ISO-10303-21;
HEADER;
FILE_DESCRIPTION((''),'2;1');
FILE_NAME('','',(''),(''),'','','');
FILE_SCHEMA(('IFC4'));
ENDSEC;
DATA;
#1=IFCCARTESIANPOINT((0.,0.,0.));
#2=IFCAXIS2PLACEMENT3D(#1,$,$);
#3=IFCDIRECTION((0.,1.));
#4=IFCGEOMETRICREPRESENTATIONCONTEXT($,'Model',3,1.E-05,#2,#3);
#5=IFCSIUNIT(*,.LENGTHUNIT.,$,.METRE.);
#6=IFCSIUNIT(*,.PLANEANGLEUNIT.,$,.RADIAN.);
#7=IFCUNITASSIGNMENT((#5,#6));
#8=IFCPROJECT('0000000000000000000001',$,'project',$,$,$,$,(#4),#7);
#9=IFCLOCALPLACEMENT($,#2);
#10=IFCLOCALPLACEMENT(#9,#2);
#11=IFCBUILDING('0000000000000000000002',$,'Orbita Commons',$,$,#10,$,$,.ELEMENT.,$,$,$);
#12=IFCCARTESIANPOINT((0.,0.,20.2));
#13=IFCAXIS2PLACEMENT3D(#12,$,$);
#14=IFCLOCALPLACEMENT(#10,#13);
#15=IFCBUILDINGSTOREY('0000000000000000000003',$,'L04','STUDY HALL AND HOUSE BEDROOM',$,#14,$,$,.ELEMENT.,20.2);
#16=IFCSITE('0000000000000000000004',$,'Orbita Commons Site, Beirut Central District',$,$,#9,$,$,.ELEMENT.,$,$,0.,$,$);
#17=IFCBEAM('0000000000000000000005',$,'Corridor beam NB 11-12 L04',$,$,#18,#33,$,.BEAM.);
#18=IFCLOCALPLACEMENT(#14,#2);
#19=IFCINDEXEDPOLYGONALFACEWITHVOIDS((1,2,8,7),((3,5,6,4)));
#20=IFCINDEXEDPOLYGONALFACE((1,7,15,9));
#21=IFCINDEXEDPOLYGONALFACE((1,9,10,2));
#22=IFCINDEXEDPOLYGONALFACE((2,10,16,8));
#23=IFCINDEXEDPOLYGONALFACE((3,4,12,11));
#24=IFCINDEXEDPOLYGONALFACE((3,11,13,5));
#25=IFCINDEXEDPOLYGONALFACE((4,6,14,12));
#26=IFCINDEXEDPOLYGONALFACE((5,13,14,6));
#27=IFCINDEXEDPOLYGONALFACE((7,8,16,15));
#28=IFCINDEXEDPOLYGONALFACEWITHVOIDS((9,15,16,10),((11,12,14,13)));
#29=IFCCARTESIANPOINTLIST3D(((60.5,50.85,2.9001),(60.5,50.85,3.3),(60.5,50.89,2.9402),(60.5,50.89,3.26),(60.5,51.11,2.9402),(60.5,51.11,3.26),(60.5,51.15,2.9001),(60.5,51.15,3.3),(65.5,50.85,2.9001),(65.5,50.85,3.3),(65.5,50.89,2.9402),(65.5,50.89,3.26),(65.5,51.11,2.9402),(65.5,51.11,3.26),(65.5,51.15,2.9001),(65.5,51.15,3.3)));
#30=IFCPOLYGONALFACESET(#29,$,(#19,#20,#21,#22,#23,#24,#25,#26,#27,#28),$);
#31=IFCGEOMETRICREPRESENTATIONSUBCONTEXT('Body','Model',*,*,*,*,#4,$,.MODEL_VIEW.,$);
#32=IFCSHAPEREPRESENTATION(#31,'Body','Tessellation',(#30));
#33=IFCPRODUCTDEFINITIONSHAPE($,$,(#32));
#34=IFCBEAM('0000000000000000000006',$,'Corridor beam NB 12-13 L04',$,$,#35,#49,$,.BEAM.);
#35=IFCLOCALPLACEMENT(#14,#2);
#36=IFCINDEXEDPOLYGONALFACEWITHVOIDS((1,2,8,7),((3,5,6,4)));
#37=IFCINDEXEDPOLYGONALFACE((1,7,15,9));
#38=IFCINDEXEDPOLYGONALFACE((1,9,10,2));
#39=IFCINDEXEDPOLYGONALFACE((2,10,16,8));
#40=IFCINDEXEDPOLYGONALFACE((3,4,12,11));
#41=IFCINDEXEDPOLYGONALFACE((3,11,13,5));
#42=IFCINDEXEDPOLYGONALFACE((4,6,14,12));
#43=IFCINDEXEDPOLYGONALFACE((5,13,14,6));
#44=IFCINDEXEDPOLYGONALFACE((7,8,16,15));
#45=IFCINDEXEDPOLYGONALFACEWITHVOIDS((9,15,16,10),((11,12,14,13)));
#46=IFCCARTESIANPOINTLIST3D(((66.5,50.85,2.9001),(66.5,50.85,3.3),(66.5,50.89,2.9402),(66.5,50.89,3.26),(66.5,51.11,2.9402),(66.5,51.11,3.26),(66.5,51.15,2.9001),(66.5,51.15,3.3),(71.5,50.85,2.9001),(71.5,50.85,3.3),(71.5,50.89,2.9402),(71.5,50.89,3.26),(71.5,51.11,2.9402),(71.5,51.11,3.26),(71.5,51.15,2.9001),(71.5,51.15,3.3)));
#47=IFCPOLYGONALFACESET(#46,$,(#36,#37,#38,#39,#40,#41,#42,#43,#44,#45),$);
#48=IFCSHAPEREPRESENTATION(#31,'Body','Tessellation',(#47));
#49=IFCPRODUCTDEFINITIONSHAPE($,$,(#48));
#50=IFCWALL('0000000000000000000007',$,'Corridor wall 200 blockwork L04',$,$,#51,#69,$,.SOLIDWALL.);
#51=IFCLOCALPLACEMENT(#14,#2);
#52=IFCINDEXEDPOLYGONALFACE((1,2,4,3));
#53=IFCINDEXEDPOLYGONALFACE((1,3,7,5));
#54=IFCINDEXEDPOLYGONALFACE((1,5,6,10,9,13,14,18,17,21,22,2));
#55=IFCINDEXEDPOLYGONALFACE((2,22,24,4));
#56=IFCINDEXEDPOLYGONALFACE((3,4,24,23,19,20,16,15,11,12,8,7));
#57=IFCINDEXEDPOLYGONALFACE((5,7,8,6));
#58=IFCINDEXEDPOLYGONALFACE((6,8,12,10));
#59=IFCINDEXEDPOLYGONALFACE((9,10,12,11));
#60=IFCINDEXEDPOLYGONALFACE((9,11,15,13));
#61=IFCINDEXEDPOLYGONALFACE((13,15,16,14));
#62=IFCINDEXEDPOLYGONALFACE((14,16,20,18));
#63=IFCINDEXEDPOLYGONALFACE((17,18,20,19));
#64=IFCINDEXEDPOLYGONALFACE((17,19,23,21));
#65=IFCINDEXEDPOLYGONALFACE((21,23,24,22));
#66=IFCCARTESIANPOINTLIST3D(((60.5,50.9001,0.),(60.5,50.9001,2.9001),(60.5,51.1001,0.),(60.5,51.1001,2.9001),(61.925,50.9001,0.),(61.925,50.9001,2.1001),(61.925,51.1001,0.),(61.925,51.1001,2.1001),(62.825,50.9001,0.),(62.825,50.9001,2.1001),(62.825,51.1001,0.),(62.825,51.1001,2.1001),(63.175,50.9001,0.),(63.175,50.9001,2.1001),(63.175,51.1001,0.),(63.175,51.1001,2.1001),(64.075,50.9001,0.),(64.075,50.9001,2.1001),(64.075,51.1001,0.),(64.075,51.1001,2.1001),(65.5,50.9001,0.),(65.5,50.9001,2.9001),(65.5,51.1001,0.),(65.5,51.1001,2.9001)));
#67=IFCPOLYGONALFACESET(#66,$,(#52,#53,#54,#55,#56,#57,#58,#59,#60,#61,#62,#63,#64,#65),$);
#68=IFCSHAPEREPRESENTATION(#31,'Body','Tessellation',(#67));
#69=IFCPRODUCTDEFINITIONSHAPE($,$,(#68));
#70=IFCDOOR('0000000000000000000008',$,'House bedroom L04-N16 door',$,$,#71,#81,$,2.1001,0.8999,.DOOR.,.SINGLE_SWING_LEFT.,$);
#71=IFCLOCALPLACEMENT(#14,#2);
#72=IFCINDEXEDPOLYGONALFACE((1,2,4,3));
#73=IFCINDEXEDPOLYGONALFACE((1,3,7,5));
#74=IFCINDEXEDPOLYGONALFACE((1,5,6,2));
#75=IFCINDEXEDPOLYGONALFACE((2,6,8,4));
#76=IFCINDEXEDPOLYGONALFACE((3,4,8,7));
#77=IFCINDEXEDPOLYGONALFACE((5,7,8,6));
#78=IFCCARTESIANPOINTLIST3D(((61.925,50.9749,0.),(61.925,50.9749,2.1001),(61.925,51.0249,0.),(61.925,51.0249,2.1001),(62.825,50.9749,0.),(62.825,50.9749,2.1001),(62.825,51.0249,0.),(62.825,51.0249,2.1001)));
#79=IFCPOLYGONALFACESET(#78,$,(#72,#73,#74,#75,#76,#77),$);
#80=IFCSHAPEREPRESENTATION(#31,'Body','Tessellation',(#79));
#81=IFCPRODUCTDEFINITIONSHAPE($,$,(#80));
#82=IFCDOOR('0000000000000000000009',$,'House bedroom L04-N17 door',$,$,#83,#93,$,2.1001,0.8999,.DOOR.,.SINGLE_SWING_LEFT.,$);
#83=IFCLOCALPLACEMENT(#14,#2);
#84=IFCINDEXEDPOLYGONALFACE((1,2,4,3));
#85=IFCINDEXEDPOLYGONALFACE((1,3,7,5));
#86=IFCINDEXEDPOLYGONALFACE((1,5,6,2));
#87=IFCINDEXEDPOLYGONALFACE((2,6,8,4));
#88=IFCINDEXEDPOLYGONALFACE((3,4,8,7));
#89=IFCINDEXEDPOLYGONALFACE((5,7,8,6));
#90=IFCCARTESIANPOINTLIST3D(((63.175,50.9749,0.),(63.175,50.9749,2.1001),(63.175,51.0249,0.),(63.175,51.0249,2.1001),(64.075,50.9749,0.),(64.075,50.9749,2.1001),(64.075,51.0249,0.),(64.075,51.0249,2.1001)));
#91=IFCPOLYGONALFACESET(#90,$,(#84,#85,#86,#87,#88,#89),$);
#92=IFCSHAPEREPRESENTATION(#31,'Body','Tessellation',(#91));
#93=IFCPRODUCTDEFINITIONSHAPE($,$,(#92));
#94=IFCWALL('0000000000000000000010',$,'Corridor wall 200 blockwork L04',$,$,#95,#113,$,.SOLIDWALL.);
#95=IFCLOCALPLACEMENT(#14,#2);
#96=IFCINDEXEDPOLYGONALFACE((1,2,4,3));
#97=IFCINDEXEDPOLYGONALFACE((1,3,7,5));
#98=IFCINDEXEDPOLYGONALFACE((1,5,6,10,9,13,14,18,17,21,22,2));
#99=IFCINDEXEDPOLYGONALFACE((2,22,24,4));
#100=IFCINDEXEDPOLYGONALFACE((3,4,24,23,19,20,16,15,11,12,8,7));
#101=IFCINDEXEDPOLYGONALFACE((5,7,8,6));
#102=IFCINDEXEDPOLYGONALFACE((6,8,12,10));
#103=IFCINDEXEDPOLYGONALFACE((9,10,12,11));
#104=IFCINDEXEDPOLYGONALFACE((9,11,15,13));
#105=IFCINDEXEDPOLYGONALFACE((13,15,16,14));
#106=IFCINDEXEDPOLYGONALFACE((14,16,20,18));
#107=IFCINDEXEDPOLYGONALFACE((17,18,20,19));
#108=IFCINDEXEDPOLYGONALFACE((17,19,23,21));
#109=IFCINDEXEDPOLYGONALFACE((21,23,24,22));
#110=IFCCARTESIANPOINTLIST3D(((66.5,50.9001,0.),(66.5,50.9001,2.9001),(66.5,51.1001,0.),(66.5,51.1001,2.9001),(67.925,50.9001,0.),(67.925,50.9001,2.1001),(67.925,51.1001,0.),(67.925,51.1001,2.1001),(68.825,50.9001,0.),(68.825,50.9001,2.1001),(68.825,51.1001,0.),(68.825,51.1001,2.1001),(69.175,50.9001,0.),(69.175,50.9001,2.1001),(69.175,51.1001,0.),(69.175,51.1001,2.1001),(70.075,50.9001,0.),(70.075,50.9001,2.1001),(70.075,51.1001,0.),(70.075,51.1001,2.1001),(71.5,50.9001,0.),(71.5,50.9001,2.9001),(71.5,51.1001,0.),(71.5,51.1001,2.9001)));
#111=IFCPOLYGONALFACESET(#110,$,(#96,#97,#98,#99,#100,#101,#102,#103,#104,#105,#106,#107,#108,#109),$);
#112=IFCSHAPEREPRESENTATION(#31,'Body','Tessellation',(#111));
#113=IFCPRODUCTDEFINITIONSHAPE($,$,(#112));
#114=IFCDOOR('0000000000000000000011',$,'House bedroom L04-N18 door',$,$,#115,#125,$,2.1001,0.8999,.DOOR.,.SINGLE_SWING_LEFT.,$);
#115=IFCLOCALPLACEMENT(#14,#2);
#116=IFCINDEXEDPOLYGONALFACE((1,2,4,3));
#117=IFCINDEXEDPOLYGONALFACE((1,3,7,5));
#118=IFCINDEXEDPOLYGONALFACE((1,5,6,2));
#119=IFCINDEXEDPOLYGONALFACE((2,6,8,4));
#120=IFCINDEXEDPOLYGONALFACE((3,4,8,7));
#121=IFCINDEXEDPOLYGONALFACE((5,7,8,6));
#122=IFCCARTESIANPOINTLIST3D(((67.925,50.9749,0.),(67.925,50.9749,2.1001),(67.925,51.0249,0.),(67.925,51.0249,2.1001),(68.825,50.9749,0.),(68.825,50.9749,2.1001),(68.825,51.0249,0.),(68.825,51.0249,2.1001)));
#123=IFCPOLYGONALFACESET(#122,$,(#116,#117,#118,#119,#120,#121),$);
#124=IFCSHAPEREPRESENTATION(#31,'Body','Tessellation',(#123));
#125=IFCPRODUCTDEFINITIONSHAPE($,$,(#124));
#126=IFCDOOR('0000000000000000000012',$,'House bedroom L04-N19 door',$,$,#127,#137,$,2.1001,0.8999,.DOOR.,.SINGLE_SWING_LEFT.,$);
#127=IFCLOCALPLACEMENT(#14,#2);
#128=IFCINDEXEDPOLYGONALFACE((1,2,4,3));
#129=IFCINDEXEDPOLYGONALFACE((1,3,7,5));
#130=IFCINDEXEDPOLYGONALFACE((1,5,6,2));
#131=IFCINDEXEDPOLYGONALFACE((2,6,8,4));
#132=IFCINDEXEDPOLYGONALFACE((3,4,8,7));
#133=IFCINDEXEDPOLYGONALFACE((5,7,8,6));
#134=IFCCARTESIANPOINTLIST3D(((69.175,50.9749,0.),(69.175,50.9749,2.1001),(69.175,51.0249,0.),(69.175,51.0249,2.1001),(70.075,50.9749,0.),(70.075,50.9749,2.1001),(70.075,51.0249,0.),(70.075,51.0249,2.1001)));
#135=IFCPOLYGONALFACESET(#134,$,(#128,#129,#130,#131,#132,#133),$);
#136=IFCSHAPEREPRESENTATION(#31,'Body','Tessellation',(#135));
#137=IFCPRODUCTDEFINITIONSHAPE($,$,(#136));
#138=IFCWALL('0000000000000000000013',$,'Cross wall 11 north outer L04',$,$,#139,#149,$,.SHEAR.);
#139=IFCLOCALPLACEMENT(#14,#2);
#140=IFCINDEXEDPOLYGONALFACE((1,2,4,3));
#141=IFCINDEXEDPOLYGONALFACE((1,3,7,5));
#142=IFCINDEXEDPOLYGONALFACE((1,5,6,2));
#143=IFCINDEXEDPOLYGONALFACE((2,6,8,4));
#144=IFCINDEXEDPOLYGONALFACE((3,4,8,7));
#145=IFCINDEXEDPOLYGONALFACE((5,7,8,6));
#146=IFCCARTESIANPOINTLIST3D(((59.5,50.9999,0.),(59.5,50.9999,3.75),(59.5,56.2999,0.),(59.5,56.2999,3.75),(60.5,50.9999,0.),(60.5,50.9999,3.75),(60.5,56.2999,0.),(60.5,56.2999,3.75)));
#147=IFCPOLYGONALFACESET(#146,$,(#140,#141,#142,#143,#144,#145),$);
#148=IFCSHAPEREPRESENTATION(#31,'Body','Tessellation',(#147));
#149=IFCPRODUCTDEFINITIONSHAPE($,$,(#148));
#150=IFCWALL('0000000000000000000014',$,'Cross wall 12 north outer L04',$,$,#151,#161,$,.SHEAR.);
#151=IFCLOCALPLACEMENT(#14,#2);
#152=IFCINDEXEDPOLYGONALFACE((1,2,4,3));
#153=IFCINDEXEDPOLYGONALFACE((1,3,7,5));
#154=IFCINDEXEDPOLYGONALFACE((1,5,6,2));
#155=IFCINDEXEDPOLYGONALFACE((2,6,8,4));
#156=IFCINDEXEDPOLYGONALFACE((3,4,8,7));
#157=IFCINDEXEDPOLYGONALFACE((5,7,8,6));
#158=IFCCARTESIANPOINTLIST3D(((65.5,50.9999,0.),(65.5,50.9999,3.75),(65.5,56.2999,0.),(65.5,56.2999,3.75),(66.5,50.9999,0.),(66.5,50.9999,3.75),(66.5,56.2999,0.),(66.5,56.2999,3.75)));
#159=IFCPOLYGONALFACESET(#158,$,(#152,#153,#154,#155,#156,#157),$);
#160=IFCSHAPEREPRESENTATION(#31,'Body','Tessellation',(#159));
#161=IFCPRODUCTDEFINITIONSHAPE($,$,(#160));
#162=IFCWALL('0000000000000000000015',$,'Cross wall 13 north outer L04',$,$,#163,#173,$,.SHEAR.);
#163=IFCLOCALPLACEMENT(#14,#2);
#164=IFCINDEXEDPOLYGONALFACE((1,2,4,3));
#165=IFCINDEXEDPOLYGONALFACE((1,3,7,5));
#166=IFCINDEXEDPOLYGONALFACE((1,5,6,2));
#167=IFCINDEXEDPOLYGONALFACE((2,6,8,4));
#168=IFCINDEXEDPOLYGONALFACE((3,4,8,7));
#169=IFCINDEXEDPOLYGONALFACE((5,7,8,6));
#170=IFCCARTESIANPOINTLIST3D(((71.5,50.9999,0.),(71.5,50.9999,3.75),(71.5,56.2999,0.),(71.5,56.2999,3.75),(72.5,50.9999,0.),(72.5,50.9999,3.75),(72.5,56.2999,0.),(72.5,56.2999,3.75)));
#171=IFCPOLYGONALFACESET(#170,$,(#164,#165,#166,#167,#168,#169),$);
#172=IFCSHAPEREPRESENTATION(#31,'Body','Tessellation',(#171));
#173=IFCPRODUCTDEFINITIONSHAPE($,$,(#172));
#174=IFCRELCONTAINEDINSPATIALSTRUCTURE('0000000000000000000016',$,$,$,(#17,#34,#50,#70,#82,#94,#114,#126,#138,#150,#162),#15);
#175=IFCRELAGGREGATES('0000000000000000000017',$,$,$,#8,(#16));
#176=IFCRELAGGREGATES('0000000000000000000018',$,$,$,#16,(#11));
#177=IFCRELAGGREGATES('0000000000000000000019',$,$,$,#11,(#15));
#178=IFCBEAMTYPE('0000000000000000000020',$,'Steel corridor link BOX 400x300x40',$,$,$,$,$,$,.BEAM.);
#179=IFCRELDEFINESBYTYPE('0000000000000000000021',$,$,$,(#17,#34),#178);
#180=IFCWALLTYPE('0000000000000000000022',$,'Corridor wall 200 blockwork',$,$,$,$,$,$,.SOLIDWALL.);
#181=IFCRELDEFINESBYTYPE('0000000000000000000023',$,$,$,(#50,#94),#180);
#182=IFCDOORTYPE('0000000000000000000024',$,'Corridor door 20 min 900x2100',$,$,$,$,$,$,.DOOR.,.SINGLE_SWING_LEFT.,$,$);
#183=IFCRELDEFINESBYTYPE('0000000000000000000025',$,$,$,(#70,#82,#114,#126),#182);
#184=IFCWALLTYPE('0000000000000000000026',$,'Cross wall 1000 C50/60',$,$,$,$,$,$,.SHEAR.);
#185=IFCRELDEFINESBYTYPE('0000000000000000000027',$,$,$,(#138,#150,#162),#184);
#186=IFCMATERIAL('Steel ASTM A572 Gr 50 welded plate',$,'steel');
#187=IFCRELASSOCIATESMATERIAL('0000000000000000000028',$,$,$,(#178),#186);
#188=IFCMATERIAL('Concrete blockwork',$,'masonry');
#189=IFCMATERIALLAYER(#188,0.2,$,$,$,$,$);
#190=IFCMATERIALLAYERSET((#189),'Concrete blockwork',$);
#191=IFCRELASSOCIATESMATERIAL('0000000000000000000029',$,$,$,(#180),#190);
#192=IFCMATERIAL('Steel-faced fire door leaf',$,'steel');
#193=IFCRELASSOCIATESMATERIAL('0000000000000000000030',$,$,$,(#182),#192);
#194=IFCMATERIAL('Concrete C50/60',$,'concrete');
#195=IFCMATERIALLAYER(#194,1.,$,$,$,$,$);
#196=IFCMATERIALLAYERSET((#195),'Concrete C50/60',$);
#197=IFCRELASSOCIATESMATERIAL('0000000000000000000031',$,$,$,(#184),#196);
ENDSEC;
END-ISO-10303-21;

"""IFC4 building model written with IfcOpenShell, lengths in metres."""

from ifc_helpers import new_model, si_unit, direction, frame, frame_2d, origin, origin_2d, place, context, subcontext, project, spatial, polyline, rectangle, hollow_rectangle, outline, extrude, material, layer, layer_set, material_profile, profile_set, type_object, element, fill, save


model = new_model("IFC4")

# Units and contexts
model_context = context("Model", 3, precision=1e-05, world=origin(), true_north=direction((0.0, 1.0)))
body_context = subcontext(model_context, "Body", "Model", "MODEL_VIEW")
ifc_project = project(units=[si_unit("LENGTHUNIT", "METRE"), si_unit("PLANEANGLEUNIT", "RADIAN")], contexts=[model_context])

# Site, building, storey
site_placement = place(None, origin())
site = spatial("IfcSite", under=ifc_project, at=site_placement, Name="Orbita Commons Site, Beirut Central District", CompositionType="ELEMENT", RefElevation=0.0)
building_placement = place(site_placement, origin())
building = spatial("IfcBuilding", under=site, at=building_placement, Name="Orbita Commons", CompositionType="ELEMENT")
storey_placement = place(building_placement, frame((0.0, 0.0, 20.2)))
storey = spatial("IfcBuildingStorey", under=building, at=storey_placement, Name="L04", Description="STUDY HALL AND HOUSE BEDROOM", CompositionType="ELEMENT", Elevation=20.2)

# Beams
ifc_material_1 = material(Name="Steel ASTM A572 Gr 50 welded plate", Category="steel")
ifc_material_profile = material_profile(ifc_material_1, hollow_rectangle(XDim=0.3, YDim=0.3999, WallThickness=0.04, at=origin_2d()), Name="BOX 400x300x40")
ifc_profile_set = profile_set([ifc_material_profile], Name="Steel ASTM A572 Gr 50 welded plate")
beam_type = type_object("IfcBeamType", Name="Steel corridor link BOX 400x300x40", PredefinedType="BEAM", material=ifc_profile_set)
for number, where, z_axis, x_axis, name in (
    (1, (60.5, 51.0, 3.1001), (1.0, 0.0, 0.0), (0.0, 1.0, 0.0), "Corridor beam NB 11-12 L04"),
    (2, (66.5, 51.0, 3.1001), (1.0, 0.0, 0.0), (0.0, 1.0, 0.0), "Corridor beam NB 12-13 L04"),
):
    element("IfcBeam", number, at=place(storey_placement, frame(where, z_axis=z_axis, x_axis=x_axis)), inside=storey, type_object=beam_type, Name=name, PredefinedType="BEAM", context=body_context, shape_type="SweptSolid", body=[
        extrude(hollow_rectangle(XDim=0.3, YDim=0.3999, WallThickness=0.04, at=origin_2d()), origin(), (0.0, 0.0, 1.0), 5.0),
    ])

# Walls, openings, doors
ifc_material_2 = material(Name="Concrete blockwork", Category="masonry")
ifc_layer_1 = layer(ifc_material_2, 0.2)
ifc_layer_set_1 = layer_set([ifc_layer_1], Name="Concrete blockwork")
wall_type_1 = type_object("IfcWallType", Name="Corridor wall 200 blockwork", PredefinedType="SOLIDWALL", material=ifc_layer_set_1)
wall_1_placement = place(storey_placement, frame((60.5, 51.0, 0.0), z_axis=(0.0, 0.0, 1.0), x_axis=(1.0, 0.0, 0.0)))
wall_1 = element("IfcWall", 3, at=wall_1_placement, inside=storey, type_object=wall_type_1, Name="Corridor wall 200 blockwork L04", PredefinedType="SOLIDWALL", context=body_context, shape_type="SweptSolid", body=[
    extrude(outline(polyline([(0.0, 0.0), (5.0, 0.0), (5.0, 2.9001), (0.0, 2.9001), (0.0, 0.0)])), frame((0.0, 0.1001, 0.0), z_axis=(0.0, -1.0, 0.0), x_axis=(1.0, 0.0, 0.0)), (0.0, 0.0, 1.0), 0.2),
])
opening_1_placement = place(wall_1_placement, frame((1.425, 0.0, 0.0)))
opening_1 = element("IfcOpeningElement", 4, at=opening_1_placement, cuts=wall_1, PredefinedType="OPENING", context=body_context, shape_type="SweptSolid", body=[
    extrude(rectangle(XDim=0.8999, YDim=2.1001, at=frame_2d((0.45, 1.05))), frame((0.0, 0.1099, 0.0), z_axis=(0.0, -1.0, 0.0), x_axis=(1.0, 0.0, 0.0)), (0.0, 0.0, 1.0), 0.22),
])
opening_2_placement = place(wall_1_placement, frame((2.675, 0.0, 0.0)))
opening_2 = element("IfcOpeningElement", 5, at=opening_2_placement, cuts=wall_1, PredefinedType="OPENING", context=body_context, shape_type="SweptSolid", body=[
    extrude(rectangle(XDim=0.8999, YDim=2.1001, at=frame_2d((0.45, 1.05))), frame((0.0, 0.1099, 0.0), z_axis=(0.0, -1.0, 0.0), x_axis=(1.0, 0.0, 0.0)), (0.0, 0.0, 1.0), 0.22),
])
ifc_material_3 = material(Name="Steel-faced fire door leaf", Category="steel")
door_type_1 = type_object("IfcDoorType", Name="Corridor door 20 min 900x2100", OperationType="SINGLE_SWING_LEFT", PredefinedType="DOOR", material=ifc_material_3)
door_1_placement = place(opening_1_placement, origin())
door_1 = element("IfcDoor", 6, at=door_1_placement, inside=storey, type_object=door_type_1, Name="House bedroom L04-N16 door", OperationType="SINGLE_SWING_LEFT", OverallHeight=2.1001, OverallWidth=0.8999, PredefinedType="DOOR", context=body_context, shape_type="SweptSolid", body=[
    extrude(rectangle(XDim=0.8999, YDim=2.1001, at=frame_2d((0.45, 1.05))), frame((0.0, 0.0249, 0.0), z_axis=(0.0, -1.0, 0.0), x_axis=(1.0, 0.0, 0.0)), (0.0, 0.0, 1.0), 0.05),
])
fill(opening_1, door_1)
door_2_placement = place(opening_2_placement, origin())
door_2 = element("IfcDoor", 7, at=door_2_placement, inside=storey, type_object=door_type_1, Name="House bedroom L04-N17 door", OperationType="SINGLE_SWING_LEFT", OverallHeight=2.1001, OverallWidth=0.8999, PredefinedType="DOOR", context=body_context, shape_type="SweptSolid", body=[
    extrude(rectangle(XDim=0.8999, YDim=2.1001, at=frame_2d((0.45, 1.05))), frame((0.0, 0.0249, 0.0), z_axis=(0.0, -1.0, 0.0), x_axis=(1.0, 0.0, 0.0)), (0.0, 0.0, 1.0), 0.05),
])
fill(opening_2, door_2)
wall_2_placement = place(storey_placement, frame((66.5, 51.0, 0.0), z_axis=(0.0, 0.0, 1.0), x_axis=(1.0, 0.0, 0.0)))
wall_2 = element("IfcWall", 8, at=wall_2_placement, inside=storey, type_object=wall_type_1, Name="Corridor wall 200 blockwork L04", PredefinedType="SOLIDWALL", context=body_context, shape_type="SweptSolid", body=[
    extrude(outline(polyline([(0.0, 0.0), (5.0, 0.0), (5.0, 2.9001), (0.0, 2.9001), (0.0, 0.0)])), frame((0.0, 0.1001, 0.0), z_axis=(0.0, -1.0, 0.0), x_axis=(1.0, 0.0, 0.0)), (0.0, 0.0, 1.0), 0.2),
])
opening_3_placement = place(wall_2_placement, frame((1.425, 0.0, 0.0)))
opening_3 = element("IfcOpeningElement", 9, at=opening_3_placement, cuts=wall_2, PredefinedType="OPENING", context=body_context, shape_type="SweptSolid", body=[
    extrude(rectangle(XDim=0.8999, YDim=2.1001, at=frame_2d((0.45, 1.05))), frame((0.0, 0.1099, 0.0), z_axis=(0.0, -1.0, 0.0), x_axis=(1.0, 0.0, 0.0)), (0.0, 0.0, 1.0), 0.22),
])
opening_4_placement = place(wall_2_placement, frame((2.675, 0.0, 0.0)))
opening_4 = element("IfcOpeningElement", 10, at=opening_4_placement, cuts=wall_2, PredefinedType="OPENING", context=body_context, shape_type="SweptSolid", body=[
    extrude(rectangle(XDim=0.8999, YDim=2.1001, at=frame_2d((0.45, 1.05))), frame((0.0, 0.1099, 0.0), z_axis=(0.0, -1.0, 0.0), x_axis=(1.0, 0.0, 0.0)), (0.0, 0.0, 1.0), 0.22),
])
door_3_placement = place(opening_3_placement, origin())
door_3 = element("IfcDoor", 11, at=door_3_placement, inside=storey, type_object=door_type_1, Name="House bedroom L04-N18 door", OperationType="SINGLE_SWING_LEFT", OverallHeight=2.1001, OverallWidth=0.8999, PredefinedType="DOOR", context=body_context, shape_type="SweptSolid", body=[
    extrude(rectangle(XDim=0.8999, YDim=2.1001, at=frame_2d((0.45, 1.05))), frame((0.0, 0.0249, 0.0), z_axis=(0.0, -1.0, 0.0), x_axis=(1.0, 0.0, 0.0)), (0.0, 0.0, 1.0), 0.05),
])
fill(opening_3, door_3)
door_4_placement = place(opening_4_placement, origin())
door_4 = element("IfcDoor", 12, at=door_4_placement, inside=storey, type_object=door_type_1, Name="House bedroom L04-N19 door", OperationType="SINGLE_SWING_LEFT", OverallHeight=2.1001, OverallWidth=0.8999, PredefinedType="DOOR", context=body_context, shape_type="SweptSolid", body=[
    extrude(rectangle(XDim=0.8999, YDim=2.1001, at=frame_2d((0.45, 1.05))), frame((0.0, 0.0249, 0.0), z_axis=(0.0, -1.0, 0.0), x_axis=(1.0, 0.0, 0.0)), (0.0, 0.0, 1.0), 0.05),
])
fill(opening_4, door_4)

# Walls
ifc_material_4 = material(Name="Concrete C50/60", Category="concrete")
ifc_layer_2 = layer(ifc_material_4, 1.0)
ifc_layer_set_2 = layer_set([ifc_layer_2], Name="Concrete C50/60")
wall_type_2 = type_object("IfcWallType", Name="Cross wall 1000 C50/60", PredefinedType="SHEAR", material=ifc_layer_set_2)
for number, where, z_axis, x_axis, name in (
    (13, (60.0, 51.0, 0.0), (0.0, 0.0, 1.0), (0.0, 1.0, 0.0), "Cross wall 11 north outer L04"),
    (14, (66.0, 51.0, 0.0), (0.0, 0.0, 1.0), (0.0, 1.0, 0.0), "Cross wall 12 north outer L04"),
    (15, (72.0, 51.0, 0.0), (0.0, 0.0, 1.0), (0.0, 1.0, 0.0), "Cross wall 13 north outer L04"),
):
    element("IfcWall", number, at=place(storey_placement, frame(where, z_axis=z_axis, x_axis=x_axis)), inside=storey, type_object=wall_type_2, Name=name, PredefinedType="SHEAR", context=body_context, shape_type="SweptSolid", body=[
        extrude(rectangle(XDim=5.3, YDim=1.0, at=frame_2d((2.6499, 0.0))), origin(), (0.0, 0.0, 1.0), 3.75),
    ])

save(model, "model.ifc")
